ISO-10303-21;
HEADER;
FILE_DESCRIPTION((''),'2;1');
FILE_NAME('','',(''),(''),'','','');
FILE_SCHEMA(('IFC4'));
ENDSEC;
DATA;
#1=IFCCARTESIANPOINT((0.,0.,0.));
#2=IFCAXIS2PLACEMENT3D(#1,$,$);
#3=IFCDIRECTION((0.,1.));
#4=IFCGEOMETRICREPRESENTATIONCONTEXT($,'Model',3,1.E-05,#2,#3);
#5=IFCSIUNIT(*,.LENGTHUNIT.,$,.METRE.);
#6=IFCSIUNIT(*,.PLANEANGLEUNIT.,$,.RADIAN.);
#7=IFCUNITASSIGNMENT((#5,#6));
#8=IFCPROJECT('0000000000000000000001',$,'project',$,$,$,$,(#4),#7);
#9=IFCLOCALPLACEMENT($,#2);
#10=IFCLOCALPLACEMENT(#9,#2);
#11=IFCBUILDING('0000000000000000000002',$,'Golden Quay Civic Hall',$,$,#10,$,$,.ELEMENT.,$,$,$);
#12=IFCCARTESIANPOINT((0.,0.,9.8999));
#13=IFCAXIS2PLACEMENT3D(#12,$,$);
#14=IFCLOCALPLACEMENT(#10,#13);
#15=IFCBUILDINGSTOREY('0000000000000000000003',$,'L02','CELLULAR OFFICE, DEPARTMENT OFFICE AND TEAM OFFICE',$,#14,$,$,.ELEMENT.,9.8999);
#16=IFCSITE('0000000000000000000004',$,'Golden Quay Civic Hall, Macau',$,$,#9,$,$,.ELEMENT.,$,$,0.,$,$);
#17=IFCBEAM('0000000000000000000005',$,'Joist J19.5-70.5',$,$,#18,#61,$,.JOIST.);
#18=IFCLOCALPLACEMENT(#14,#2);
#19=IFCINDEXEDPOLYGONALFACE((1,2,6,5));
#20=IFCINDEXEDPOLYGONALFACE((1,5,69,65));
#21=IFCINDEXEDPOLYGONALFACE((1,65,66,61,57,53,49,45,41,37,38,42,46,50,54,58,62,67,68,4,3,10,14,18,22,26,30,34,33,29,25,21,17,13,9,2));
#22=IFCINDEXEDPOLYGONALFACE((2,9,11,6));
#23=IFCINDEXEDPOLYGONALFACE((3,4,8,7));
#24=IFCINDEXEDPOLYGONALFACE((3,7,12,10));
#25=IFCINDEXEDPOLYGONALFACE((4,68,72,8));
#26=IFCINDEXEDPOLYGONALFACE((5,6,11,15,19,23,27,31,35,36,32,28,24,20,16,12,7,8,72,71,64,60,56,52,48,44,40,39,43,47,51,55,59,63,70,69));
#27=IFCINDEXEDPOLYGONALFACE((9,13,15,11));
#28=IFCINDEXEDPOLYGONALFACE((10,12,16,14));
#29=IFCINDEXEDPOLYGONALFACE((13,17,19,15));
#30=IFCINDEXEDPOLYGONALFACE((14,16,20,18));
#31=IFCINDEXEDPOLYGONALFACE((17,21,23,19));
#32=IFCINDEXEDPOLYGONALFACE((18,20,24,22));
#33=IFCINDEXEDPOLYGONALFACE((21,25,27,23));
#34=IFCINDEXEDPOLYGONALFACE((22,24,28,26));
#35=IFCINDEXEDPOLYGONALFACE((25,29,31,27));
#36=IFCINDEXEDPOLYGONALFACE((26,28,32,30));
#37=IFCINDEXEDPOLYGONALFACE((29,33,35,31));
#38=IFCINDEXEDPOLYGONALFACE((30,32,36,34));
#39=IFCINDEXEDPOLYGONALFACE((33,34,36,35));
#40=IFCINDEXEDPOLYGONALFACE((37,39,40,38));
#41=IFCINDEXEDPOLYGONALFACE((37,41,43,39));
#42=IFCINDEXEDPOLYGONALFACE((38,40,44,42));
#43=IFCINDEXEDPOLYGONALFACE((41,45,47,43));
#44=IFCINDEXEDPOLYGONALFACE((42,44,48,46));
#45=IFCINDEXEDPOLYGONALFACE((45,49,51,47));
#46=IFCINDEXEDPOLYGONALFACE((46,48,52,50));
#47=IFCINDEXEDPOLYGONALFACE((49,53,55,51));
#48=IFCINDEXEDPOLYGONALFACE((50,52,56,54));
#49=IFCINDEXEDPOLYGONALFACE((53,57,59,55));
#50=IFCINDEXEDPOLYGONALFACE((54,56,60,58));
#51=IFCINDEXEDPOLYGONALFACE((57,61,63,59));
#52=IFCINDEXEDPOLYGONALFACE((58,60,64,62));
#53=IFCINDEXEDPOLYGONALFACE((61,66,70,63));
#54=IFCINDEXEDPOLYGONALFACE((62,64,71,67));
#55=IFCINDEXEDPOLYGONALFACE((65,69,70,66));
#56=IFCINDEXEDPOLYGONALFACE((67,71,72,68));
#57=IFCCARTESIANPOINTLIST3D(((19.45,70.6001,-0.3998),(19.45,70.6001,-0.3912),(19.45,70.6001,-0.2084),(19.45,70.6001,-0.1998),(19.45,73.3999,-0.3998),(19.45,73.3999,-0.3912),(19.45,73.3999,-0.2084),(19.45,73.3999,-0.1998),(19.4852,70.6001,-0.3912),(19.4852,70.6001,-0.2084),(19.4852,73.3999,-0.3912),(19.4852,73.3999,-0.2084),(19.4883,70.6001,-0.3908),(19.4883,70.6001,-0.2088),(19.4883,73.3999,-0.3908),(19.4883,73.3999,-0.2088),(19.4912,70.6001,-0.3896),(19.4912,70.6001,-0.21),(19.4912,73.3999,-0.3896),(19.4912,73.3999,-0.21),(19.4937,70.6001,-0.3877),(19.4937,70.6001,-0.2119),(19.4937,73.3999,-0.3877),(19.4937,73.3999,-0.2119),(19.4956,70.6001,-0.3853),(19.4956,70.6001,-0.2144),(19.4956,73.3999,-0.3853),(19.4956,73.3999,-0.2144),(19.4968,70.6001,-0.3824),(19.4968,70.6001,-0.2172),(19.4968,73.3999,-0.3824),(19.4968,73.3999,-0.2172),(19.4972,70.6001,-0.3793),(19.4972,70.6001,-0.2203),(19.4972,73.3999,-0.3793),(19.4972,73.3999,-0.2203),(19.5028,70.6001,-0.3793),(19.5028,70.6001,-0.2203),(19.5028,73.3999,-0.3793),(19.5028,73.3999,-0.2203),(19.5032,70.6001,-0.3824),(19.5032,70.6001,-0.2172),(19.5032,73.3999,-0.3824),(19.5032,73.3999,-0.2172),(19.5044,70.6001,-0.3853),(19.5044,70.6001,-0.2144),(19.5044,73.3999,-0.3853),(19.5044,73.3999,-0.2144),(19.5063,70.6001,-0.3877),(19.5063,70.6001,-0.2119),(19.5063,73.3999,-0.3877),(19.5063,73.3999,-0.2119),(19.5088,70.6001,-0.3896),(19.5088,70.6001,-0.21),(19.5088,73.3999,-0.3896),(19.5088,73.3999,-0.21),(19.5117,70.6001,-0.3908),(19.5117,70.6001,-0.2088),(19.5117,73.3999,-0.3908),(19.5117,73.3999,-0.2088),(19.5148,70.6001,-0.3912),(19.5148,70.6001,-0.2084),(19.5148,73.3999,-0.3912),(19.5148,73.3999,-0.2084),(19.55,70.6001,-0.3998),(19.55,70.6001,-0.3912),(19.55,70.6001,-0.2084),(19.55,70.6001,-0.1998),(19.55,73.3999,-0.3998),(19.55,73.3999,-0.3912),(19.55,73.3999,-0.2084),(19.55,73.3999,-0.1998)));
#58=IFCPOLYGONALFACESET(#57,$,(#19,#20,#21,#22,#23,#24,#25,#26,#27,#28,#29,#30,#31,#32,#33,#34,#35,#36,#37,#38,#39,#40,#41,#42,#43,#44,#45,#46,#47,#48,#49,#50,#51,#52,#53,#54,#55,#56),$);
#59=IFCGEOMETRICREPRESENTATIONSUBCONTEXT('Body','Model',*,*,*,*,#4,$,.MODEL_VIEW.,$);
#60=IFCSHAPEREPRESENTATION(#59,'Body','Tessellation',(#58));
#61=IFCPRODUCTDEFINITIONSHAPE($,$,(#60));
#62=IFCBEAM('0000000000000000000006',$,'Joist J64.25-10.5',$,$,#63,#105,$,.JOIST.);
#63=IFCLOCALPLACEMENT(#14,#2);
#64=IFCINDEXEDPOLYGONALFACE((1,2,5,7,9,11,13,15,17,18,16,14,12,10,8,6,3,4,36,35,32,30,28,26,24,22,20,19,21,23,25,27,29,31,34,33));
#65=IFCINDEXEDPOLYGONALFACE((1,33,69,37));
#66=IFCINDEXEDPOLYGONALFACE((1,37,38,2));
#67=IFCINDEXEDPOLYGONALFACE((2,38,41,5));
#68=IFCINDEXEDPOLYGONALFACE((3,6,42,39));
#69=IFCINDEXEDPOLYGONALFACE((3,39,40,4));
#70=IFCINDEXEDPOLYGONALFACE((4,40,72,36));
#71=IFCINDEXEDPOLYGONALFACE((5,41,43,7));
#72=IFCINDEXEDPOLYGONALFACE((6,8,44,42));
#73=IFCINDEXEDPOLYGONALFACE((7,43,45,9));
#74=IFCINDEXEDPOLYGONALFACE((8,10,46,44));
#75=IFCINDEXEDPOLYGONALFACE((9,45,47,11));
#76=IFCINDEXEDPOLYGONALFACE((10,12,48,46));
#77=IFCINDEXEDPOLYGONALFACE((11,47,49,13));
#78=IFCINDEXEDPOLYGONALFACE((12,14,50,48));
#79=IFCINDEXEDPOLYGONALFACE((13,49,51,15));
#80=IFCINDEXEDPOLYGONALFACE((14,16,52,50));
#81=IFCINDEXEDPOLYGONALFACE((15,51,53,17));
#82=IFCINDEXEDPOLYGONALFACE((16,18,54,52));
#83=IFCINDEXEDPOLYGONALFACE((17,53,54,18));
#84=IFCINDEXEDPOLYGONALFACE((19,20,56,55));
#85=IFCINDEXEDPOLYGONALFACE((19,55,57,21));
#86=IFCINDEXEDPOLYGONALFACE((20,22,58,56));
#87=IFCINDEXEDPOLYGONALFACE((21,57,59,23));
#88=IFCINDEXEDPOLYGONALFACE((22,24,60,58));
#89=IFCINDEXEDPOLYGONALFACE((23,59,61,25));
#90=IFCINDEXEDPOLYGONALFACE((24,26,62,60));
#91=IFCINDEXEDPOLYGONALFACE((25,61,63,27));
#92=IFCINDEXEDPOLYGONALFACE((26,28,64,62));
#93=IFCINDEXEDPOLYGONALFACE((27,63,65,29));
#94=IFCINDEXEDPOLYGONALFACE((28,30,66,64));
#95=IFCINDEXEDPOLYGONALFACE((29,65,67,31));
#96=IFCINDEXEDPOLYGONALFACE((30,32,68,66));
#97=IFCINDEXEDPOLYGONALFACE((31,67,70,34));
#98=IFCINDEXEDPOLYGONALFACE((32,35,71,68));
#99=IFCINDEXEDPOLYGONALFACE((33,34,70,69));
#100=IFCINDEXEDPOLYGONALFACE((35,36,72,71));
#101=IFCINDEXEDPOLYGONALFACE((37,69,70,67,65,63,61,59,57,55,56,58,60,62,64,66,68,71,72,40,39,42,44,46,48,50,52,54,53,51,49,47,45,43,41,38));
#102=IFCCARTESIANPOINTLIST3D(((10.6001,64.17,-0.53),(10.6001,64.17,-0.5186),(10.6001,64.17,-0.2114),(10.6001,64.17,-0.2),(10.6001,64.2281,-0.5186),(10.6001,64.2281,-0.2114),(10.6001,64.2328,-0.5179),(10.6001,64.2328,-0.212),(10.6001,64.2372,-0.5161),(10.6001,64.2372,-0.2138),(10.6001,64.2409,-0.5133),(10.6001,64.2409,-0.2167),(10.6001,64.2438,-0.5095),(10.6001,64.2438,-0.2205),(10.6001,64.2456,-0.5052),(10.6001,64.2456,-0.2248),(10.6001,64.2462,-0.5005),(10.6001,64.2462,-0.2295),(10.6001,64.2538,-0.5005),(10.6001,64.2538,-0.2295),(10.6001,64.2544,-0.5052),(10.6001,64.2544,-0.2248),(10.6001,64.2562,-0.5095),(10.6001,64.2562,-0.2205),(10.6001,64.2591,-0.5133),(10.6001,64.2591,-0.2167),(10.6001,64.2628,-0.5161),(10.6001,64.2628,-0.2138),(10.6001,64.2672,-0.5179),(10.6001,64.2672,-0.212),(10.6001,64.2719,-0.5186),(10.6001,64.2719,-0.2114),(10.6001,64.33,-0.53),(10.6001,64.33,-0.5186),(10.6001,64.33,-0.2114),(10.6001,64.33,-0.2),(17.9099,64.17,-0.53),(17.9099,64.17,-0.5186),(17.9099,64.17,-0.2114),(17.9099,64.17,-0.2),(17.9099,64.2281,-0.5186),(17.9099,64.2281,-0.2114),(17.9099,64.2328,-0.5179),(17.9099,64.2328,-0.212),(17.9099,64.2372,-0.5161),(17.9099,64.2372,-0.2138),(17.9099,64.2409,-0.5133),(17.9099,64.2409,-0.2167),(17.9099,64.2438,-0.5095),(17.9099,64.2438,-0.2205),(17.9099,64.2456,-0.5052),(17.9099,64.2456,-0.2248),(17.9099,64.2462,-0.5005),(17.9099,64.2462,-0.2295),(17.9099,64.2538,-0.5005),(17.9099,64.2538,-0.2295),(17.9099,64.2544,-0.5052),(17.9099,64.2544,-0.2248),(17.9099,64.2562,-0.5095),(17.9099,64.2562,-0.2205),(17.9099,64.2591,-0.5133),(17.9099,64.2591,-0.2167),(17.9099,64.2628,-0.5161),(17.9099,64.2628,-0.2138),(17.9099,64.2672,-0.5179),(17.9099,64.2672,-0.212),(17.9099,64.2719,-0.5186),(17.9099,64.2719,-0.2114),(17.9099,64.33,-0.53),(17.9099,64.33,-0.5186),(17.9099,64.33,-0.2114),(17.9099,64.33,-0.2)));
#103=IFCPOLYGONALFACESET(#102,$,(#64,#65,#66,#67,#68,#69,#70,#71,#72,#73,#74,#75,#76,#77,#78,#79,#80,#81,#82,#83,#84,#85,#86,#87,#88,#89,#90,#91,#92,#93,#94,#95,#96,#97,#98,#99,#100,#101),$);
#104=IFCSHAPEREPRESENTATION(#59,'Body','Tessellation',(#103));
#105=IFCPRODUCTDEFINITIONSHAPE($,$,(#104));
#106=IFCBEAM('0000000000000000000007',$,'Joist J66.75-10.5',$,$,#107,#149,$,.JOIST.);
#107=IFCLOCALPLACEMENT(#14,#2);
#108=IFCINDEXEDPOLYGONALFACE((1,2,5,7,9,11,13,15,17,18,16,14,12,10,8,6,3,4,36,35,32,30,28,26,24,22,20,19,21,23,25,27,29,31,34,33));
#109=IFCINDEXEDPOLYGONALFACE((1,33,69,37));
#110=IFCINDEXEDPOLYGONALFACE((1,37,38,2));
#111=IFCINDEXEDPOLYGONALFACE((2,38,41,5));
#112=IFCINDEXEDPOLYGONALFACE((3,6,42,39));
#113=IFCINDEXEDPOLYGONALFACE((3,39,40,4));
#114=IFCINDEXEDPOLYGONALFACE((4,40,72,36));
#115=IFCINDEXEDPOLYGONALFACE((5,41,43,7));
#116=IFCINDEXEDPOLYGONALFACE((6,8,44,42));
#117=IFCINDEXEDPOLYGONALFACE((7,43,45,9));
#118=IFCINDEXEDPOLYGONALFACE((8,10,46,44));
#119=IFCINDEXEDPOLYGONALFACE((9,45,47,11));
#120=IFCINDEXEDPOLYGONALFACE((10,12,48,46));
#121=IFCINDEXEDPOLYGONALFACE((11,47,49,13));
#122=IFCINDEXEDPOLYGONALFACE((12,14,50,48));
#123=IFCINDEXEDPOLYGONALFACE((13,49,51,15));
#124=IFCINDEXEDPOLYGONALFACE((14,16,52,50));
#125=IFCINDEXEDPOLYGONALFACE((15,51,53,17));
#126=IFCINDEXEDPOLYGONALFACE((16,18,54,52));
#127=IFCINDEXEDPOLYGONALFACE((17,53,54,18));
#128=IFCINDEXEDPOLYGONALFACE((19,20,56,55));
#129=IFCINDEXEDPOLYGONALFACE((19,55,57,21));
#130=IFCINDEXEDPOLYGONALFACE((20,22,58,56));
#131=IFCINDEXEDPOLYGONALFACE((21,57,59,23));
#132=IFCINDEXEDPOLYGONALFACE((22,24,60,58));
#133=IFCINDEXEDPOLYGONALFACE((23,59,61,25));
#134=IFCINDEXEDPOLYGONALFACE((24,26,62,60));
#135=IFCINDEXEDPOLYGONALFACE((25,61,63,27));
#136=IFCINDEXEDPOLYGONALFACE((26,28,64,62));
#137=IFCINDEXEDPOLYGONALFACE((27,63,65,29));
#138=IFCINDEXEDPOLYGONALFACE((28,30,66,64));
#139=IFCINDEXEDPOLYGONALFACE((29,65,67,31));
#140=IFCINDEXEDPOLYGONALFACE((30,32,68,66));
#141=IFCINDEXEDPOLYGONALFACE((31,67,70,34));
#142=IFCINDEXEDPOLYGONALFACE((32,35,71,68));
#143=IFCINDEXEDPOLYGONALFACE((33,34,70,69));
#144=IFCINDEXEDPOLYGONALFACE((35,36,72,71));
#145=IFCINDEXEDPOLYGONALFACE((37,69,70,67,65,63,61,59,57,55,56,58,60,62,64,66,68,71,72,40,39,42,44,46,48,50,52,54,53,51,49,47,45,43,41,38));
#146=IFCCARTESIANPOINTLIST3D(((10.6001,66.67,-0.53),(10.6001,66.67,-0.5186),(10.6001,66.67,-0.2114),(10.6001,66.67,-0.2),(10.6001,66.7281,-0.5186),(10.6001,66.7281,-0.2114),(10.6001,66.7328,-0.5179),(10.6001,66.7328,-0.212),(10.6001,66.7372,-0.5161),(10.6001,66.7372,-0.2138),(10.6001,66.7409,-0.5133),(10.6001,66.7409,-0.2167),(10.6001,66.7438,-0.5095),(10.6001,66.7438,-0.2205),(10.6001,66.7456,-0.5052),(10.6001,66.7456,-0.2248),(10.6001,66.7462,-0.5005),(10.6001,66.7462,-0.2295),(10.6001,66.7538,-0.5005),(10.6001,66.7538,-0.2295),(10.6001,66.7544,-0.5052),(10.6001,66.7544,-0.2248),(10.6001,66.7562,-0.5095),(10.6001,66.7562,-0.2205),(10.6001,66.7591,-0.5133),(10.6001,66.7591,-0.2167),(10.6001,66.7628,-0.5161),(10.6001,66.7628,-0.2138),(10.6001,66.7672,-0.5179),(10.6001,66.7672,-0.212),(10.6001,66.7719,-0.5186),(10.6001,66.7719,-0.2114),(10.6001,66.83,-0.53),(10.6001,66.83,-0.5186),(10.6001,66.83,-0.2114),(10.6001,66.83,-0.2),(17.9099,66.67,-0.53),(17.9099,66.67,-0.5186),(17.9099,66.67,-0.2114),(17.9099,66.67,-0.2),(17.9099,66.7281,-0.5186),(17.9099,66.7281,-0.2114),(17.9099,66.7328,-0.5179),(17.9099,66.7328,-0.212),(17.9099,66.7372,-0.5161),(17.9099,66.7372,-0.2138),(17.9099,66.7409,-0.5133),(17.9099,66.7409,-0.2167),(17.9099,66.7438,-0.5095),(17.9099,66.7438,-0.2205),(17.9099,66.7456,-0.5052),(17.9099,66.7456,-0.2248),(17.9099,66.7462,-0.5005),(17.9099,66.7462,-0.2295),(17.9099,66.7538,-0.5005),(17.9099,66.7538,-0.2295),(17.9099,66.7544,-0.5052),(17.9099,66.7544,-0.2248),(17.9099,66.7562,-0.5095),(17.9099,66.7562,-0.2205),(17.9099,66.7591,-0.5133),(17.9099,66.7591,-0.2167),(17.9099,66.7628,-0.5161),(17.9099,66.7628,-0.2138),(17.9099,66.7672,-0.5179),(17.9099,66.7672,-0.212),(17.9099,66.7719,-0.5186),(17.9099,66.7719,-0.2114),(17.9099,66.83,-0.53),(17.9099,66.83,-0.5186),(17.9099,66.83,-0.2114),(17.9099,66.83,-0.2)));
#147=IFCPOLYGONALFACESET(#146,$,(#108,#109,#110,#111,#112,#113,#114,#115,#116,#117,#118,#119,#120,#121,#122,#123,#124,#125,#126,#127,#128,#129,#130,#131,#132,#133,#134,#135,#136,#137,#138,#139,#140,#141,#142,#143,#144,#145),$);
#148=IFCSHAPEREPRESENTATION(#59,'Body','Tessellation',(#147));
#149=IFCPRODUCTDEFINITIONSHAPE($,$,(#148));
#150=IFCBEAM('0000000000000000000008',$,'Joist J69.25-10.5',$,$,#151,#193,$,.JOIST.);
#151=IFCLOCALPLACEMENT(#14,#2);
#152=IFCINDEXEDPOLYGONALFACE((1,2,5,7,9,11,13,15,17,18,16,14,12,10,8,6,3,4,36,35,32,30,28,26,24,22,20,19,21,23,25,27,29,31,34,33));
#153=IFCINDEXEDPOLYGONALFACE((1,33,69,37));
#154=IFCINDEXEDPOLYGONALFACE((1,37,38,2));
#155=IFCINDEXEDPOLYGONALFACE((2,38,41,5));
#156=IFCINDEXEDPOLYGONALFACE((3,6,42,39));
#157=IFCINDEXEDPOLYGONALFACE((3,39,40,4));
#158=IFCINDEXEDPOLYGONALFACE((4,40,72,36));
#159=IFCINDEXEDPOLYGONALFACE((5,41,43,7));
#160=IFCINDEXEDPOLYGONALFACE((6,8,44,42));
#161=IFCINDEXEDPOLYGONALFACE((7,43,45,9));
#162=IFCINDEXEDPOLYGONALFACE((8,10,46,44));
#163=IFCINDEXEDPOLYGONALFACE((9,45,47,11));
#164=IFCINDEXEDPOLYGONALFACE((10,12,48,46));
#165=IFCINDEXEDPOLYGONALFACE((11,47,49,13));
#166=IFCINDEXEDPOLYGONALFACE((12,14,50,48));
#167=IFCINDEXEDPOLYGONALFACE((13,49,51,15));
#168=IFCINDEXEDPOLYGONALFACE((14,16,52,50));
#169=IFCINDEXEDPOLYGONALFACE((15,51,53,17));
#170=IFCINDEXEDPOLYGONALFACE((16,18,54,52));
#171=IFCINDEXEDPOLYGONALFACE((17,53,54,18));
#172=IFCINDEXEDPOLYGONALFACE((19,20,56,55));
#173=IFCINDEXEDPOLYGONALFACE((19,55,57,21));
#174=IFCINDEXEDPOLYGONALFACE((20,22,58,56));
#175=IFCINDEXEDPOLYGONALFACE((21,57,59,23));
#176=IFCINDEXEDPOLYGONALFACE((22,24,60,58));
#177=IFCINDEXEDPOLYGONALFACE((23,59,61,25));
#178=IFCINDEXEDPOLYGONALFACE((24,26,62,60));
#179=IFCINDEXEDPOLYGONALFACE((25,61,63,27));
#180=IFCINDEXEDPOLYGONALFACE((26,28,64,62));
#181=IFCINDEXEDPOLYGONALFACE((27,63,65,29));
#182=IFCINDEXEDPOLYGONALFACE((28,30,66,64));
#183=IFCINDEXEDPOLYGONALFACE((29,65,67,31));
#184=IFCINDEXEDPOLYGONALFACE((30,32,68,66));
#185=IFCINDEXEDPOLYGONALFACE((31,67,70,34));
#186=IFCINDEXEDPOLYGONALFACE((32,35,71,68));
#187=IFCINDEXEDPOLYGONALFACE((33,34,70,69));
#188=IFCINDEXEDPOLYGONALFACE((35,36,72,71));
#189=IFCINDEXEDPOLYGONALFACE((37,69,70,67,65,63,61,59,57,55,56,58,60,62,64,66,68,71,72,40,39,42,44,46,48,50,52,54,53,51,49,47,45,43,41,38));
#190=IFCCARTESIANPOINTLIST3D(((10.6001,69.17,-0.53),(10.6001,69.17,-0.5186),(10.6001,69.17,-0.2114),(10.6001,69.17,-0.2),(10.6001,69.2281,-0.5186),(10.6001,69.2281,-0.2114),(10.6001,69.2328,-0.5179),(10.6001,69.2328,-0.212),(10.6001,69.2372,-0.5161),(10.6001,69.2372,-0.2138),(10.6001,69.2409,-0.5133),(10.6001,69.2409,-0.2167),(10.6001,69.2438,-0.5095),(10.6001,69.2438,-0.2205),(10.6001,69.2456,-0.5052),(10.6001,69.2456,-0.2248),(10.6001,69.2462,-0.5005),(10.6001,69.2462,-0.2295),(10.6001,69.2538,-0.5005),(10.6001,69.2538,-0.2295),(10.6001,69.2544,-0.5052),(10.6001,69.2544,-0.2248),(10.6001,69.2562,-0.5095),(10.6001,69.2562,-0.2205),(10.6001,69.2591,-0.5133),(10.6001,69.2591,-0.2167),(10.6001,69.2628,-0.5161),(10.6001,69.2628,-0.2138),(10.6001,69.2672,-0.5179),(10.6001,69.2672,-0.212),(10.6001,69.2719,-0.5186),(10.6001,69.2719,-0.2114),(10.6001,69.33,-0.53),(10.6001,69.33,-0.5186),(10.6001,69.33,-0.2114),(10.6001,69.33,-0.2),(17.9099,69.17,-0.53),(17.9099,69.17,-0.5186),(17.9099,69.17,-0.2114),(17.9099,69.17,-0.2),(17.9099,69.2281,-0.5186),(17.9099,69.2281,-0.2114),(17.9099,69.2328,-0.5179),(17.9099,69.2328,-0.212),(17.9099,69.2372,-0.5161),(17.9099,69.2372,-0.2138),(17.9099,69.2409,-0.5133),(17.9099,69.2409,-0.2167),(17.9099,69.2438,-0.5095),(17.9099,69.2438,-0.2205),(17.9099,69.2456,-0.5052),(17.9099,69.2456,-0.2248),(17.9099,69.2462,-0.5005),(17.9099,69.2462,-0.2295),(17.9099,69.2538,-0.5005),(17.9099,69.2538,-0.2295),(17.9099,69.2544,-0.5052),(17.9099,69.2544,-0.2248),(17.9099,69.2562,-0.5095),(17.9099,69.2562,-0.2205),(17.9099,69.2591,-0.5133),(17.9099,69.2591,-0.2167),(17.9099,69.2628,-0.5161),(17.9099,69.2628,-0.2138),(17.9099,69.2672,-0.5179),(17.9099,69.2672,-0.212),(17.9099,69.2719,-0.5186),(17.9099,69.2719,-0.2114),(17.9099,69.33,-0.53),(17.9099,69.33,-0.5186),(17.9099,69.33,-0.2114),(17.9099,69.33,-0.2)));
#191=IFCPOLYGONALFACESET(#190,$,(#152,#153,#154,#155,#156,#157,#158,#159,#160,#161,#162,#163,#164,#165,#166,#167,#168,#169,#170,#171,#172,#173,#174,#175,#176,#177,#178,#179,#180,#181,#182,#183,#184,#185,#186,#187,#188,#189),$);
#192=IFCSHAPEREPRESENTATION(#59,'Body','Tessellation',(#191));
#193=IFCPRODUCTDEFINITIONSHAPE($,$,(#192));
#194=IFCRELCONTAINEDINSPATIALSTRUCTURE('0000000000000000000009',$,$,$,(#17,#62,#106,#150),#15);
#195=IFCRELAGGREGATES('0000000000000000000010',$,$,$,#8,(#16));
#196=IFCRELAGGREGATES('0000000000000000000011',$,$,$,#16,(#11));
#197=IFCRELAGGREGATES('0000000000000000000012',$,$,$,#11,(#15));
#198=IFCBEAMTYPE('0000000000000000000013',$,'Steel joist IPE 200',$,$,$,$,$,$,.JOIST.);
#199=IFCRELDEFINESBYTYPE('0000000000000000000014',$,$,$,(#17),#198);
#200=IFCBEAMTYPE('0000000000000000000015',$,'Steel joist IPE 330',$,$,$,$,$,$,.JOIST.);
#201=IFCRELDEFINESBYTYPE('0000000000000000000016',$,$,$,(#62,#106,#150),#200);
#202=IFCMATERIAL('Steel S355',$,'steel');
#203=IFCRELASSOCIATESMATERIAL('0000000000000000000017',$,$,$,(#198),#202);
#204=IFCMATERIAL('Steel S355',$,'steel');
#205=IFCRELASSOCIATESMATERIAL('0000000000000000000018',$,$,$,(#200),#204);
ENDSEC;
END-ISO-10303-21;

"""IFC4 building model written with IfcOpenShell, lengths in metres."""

from ifc_helpers import new_model, si_unit, direction, frame, origin, origin_2d, place, context, subcontext, project, spatial, i_section, extrude, material, material_profile, profile_set, type_object, element, save


model = new_model("IFC4")

# Units and contexts
model_context = context("Model", 3, precision=1e-05, world=origin(), true_north=direction((0.0, 1.0)))
body_context = subcontext(model_context, "Body", "Model", "MODEL_VIEW")
ifc_project = project(units=[si_unit("LENGTHUNIT", "METRE"), si_unit("PLANEANGLEUNIT", "RADIAN")], contexts=[model_context])

# Site, building, storey
site_placement = place(None, origin())
site = spatial("IfcSite", under=ifc_project, at=site_placement, Name="Golden Quay Civic Hall, Macau", CompositionType="ELEMENT", RefElevation=0.0)
building_placement = place(site_placement, origin())
building = spatial("IfcBuilding", under=site, at=building_placement, Name="Golden Quay Civic Hall", CompositionType="ELEMENT")
storey_placement = place(building_placement, frame((0.0, 0.0, 9.8999)))
storey = spatial("IfcBuildingStorey", under=building, at=storey_placement, Name="L02", Description="CELLULAR OFFICE, DEPARTMENT OFFICE AND TEAM OFFICE", CompositionType="ELEMENT", Elevation=9.8999)

# Beams
ifc_material_1 = material(Name="Steel S355", Category="steel")
ifc_material_profile_1 = material_profile(ifc_material_1, i_section(OverallWidth=0.1001, OverallDepth=0.2, WebThickness=0.0056, FlangeThickness=0.0085, FilletRadius=0.012, at=origin_2d()), Name="IPE 200")
ifc_profile_set_1 = profile_set([ifc_material_profile_1], Name="Steel S355")
beam_type_1 = type_object("IfcBeamType", Name="Steel joist IPE 200", PredefinedType="JOIST", material=ifc_profile_set_1)
beam_1_placement = place(storey_placement, frame((19.5, 70.6001, -0.2998), z_axis=(0.0, 1.0, 0.0), x_axis=(-1.0, 0.0, 0.0)))
element("IfcBeam", 1, at=beam_1_placement, inside=storey, type_object=beam_type_1, Name="Joist J19.5-70.5", PredefinedType="JOIST", context=body_context, shape_type="SweptSolid", body=[
    extrude(i_section(OverallWidth=0.1001, OverallDepth=0.2, WebThickness=0.0056, FlangeThickness=0.0085, FilletRadius=0.012, at=origin_2d()), origin(), (0.0, 0.0, 1.0), 2.7998),
])
ifc_material_2 = material(Name="Steel S355", Category="steel")
ifc_material_profile_2 = material_profile(ifc_material_2, i_section(OverallWidth=0.1599, OverallDepth=0.3301, WebThickness=0.0076, FlangeThickness=0.0115, FilletRadius=0.0181, at=origin_2d()), Name="IPE 330")
ifc_profile_set_2 = profile_set([ifc_material_profile_2], Name="Steel S355")
beam_type_2 = type_object("IfcBeamType", Name="Steel joist IPE 330", PredefinedType="JOIST", material=ifc_profile_set_2)
for number, where, z_axis, x_axis, name in (
    (2, (10.6001, 64.25, -0.365), (1.0, 0.0, 0.0), (0.0, 1.0, 0.0), "Joist J64.25-10.5"),
    (3, (10.6001, 66.75, -0.365), (1.0, 0.0, 0.0), (0.0, 1.0, 0.0), "Joist J66.75-10.5"),
    (4, (10.6001, 69.25, -0.365), (1.0, 0.0, 0.0), (0.0, 1.0, 0.0), "Joist J69.25-10.5"),
):
    element("IfcBeam", number, at=place(storey_placement, frame(where, z_axis=z_axis, x_axis=x_axis)), inside=storey, type_object=beam_type_2, Name=name, PredefinedType="JOIST", context=body_context, shape_type="SweptSolid", body=[
        extrude(i_section(OverallWidth=0.1599, OverallDepth=0.3301, WebThickness=0.0076, FlangeThickness=0.0115, FilletRadius=0.0181, at=origin_2d()), origin(), (0.0, 0.0, 1.0), 7.3098),
    ])

save(model, "model.ifc")
